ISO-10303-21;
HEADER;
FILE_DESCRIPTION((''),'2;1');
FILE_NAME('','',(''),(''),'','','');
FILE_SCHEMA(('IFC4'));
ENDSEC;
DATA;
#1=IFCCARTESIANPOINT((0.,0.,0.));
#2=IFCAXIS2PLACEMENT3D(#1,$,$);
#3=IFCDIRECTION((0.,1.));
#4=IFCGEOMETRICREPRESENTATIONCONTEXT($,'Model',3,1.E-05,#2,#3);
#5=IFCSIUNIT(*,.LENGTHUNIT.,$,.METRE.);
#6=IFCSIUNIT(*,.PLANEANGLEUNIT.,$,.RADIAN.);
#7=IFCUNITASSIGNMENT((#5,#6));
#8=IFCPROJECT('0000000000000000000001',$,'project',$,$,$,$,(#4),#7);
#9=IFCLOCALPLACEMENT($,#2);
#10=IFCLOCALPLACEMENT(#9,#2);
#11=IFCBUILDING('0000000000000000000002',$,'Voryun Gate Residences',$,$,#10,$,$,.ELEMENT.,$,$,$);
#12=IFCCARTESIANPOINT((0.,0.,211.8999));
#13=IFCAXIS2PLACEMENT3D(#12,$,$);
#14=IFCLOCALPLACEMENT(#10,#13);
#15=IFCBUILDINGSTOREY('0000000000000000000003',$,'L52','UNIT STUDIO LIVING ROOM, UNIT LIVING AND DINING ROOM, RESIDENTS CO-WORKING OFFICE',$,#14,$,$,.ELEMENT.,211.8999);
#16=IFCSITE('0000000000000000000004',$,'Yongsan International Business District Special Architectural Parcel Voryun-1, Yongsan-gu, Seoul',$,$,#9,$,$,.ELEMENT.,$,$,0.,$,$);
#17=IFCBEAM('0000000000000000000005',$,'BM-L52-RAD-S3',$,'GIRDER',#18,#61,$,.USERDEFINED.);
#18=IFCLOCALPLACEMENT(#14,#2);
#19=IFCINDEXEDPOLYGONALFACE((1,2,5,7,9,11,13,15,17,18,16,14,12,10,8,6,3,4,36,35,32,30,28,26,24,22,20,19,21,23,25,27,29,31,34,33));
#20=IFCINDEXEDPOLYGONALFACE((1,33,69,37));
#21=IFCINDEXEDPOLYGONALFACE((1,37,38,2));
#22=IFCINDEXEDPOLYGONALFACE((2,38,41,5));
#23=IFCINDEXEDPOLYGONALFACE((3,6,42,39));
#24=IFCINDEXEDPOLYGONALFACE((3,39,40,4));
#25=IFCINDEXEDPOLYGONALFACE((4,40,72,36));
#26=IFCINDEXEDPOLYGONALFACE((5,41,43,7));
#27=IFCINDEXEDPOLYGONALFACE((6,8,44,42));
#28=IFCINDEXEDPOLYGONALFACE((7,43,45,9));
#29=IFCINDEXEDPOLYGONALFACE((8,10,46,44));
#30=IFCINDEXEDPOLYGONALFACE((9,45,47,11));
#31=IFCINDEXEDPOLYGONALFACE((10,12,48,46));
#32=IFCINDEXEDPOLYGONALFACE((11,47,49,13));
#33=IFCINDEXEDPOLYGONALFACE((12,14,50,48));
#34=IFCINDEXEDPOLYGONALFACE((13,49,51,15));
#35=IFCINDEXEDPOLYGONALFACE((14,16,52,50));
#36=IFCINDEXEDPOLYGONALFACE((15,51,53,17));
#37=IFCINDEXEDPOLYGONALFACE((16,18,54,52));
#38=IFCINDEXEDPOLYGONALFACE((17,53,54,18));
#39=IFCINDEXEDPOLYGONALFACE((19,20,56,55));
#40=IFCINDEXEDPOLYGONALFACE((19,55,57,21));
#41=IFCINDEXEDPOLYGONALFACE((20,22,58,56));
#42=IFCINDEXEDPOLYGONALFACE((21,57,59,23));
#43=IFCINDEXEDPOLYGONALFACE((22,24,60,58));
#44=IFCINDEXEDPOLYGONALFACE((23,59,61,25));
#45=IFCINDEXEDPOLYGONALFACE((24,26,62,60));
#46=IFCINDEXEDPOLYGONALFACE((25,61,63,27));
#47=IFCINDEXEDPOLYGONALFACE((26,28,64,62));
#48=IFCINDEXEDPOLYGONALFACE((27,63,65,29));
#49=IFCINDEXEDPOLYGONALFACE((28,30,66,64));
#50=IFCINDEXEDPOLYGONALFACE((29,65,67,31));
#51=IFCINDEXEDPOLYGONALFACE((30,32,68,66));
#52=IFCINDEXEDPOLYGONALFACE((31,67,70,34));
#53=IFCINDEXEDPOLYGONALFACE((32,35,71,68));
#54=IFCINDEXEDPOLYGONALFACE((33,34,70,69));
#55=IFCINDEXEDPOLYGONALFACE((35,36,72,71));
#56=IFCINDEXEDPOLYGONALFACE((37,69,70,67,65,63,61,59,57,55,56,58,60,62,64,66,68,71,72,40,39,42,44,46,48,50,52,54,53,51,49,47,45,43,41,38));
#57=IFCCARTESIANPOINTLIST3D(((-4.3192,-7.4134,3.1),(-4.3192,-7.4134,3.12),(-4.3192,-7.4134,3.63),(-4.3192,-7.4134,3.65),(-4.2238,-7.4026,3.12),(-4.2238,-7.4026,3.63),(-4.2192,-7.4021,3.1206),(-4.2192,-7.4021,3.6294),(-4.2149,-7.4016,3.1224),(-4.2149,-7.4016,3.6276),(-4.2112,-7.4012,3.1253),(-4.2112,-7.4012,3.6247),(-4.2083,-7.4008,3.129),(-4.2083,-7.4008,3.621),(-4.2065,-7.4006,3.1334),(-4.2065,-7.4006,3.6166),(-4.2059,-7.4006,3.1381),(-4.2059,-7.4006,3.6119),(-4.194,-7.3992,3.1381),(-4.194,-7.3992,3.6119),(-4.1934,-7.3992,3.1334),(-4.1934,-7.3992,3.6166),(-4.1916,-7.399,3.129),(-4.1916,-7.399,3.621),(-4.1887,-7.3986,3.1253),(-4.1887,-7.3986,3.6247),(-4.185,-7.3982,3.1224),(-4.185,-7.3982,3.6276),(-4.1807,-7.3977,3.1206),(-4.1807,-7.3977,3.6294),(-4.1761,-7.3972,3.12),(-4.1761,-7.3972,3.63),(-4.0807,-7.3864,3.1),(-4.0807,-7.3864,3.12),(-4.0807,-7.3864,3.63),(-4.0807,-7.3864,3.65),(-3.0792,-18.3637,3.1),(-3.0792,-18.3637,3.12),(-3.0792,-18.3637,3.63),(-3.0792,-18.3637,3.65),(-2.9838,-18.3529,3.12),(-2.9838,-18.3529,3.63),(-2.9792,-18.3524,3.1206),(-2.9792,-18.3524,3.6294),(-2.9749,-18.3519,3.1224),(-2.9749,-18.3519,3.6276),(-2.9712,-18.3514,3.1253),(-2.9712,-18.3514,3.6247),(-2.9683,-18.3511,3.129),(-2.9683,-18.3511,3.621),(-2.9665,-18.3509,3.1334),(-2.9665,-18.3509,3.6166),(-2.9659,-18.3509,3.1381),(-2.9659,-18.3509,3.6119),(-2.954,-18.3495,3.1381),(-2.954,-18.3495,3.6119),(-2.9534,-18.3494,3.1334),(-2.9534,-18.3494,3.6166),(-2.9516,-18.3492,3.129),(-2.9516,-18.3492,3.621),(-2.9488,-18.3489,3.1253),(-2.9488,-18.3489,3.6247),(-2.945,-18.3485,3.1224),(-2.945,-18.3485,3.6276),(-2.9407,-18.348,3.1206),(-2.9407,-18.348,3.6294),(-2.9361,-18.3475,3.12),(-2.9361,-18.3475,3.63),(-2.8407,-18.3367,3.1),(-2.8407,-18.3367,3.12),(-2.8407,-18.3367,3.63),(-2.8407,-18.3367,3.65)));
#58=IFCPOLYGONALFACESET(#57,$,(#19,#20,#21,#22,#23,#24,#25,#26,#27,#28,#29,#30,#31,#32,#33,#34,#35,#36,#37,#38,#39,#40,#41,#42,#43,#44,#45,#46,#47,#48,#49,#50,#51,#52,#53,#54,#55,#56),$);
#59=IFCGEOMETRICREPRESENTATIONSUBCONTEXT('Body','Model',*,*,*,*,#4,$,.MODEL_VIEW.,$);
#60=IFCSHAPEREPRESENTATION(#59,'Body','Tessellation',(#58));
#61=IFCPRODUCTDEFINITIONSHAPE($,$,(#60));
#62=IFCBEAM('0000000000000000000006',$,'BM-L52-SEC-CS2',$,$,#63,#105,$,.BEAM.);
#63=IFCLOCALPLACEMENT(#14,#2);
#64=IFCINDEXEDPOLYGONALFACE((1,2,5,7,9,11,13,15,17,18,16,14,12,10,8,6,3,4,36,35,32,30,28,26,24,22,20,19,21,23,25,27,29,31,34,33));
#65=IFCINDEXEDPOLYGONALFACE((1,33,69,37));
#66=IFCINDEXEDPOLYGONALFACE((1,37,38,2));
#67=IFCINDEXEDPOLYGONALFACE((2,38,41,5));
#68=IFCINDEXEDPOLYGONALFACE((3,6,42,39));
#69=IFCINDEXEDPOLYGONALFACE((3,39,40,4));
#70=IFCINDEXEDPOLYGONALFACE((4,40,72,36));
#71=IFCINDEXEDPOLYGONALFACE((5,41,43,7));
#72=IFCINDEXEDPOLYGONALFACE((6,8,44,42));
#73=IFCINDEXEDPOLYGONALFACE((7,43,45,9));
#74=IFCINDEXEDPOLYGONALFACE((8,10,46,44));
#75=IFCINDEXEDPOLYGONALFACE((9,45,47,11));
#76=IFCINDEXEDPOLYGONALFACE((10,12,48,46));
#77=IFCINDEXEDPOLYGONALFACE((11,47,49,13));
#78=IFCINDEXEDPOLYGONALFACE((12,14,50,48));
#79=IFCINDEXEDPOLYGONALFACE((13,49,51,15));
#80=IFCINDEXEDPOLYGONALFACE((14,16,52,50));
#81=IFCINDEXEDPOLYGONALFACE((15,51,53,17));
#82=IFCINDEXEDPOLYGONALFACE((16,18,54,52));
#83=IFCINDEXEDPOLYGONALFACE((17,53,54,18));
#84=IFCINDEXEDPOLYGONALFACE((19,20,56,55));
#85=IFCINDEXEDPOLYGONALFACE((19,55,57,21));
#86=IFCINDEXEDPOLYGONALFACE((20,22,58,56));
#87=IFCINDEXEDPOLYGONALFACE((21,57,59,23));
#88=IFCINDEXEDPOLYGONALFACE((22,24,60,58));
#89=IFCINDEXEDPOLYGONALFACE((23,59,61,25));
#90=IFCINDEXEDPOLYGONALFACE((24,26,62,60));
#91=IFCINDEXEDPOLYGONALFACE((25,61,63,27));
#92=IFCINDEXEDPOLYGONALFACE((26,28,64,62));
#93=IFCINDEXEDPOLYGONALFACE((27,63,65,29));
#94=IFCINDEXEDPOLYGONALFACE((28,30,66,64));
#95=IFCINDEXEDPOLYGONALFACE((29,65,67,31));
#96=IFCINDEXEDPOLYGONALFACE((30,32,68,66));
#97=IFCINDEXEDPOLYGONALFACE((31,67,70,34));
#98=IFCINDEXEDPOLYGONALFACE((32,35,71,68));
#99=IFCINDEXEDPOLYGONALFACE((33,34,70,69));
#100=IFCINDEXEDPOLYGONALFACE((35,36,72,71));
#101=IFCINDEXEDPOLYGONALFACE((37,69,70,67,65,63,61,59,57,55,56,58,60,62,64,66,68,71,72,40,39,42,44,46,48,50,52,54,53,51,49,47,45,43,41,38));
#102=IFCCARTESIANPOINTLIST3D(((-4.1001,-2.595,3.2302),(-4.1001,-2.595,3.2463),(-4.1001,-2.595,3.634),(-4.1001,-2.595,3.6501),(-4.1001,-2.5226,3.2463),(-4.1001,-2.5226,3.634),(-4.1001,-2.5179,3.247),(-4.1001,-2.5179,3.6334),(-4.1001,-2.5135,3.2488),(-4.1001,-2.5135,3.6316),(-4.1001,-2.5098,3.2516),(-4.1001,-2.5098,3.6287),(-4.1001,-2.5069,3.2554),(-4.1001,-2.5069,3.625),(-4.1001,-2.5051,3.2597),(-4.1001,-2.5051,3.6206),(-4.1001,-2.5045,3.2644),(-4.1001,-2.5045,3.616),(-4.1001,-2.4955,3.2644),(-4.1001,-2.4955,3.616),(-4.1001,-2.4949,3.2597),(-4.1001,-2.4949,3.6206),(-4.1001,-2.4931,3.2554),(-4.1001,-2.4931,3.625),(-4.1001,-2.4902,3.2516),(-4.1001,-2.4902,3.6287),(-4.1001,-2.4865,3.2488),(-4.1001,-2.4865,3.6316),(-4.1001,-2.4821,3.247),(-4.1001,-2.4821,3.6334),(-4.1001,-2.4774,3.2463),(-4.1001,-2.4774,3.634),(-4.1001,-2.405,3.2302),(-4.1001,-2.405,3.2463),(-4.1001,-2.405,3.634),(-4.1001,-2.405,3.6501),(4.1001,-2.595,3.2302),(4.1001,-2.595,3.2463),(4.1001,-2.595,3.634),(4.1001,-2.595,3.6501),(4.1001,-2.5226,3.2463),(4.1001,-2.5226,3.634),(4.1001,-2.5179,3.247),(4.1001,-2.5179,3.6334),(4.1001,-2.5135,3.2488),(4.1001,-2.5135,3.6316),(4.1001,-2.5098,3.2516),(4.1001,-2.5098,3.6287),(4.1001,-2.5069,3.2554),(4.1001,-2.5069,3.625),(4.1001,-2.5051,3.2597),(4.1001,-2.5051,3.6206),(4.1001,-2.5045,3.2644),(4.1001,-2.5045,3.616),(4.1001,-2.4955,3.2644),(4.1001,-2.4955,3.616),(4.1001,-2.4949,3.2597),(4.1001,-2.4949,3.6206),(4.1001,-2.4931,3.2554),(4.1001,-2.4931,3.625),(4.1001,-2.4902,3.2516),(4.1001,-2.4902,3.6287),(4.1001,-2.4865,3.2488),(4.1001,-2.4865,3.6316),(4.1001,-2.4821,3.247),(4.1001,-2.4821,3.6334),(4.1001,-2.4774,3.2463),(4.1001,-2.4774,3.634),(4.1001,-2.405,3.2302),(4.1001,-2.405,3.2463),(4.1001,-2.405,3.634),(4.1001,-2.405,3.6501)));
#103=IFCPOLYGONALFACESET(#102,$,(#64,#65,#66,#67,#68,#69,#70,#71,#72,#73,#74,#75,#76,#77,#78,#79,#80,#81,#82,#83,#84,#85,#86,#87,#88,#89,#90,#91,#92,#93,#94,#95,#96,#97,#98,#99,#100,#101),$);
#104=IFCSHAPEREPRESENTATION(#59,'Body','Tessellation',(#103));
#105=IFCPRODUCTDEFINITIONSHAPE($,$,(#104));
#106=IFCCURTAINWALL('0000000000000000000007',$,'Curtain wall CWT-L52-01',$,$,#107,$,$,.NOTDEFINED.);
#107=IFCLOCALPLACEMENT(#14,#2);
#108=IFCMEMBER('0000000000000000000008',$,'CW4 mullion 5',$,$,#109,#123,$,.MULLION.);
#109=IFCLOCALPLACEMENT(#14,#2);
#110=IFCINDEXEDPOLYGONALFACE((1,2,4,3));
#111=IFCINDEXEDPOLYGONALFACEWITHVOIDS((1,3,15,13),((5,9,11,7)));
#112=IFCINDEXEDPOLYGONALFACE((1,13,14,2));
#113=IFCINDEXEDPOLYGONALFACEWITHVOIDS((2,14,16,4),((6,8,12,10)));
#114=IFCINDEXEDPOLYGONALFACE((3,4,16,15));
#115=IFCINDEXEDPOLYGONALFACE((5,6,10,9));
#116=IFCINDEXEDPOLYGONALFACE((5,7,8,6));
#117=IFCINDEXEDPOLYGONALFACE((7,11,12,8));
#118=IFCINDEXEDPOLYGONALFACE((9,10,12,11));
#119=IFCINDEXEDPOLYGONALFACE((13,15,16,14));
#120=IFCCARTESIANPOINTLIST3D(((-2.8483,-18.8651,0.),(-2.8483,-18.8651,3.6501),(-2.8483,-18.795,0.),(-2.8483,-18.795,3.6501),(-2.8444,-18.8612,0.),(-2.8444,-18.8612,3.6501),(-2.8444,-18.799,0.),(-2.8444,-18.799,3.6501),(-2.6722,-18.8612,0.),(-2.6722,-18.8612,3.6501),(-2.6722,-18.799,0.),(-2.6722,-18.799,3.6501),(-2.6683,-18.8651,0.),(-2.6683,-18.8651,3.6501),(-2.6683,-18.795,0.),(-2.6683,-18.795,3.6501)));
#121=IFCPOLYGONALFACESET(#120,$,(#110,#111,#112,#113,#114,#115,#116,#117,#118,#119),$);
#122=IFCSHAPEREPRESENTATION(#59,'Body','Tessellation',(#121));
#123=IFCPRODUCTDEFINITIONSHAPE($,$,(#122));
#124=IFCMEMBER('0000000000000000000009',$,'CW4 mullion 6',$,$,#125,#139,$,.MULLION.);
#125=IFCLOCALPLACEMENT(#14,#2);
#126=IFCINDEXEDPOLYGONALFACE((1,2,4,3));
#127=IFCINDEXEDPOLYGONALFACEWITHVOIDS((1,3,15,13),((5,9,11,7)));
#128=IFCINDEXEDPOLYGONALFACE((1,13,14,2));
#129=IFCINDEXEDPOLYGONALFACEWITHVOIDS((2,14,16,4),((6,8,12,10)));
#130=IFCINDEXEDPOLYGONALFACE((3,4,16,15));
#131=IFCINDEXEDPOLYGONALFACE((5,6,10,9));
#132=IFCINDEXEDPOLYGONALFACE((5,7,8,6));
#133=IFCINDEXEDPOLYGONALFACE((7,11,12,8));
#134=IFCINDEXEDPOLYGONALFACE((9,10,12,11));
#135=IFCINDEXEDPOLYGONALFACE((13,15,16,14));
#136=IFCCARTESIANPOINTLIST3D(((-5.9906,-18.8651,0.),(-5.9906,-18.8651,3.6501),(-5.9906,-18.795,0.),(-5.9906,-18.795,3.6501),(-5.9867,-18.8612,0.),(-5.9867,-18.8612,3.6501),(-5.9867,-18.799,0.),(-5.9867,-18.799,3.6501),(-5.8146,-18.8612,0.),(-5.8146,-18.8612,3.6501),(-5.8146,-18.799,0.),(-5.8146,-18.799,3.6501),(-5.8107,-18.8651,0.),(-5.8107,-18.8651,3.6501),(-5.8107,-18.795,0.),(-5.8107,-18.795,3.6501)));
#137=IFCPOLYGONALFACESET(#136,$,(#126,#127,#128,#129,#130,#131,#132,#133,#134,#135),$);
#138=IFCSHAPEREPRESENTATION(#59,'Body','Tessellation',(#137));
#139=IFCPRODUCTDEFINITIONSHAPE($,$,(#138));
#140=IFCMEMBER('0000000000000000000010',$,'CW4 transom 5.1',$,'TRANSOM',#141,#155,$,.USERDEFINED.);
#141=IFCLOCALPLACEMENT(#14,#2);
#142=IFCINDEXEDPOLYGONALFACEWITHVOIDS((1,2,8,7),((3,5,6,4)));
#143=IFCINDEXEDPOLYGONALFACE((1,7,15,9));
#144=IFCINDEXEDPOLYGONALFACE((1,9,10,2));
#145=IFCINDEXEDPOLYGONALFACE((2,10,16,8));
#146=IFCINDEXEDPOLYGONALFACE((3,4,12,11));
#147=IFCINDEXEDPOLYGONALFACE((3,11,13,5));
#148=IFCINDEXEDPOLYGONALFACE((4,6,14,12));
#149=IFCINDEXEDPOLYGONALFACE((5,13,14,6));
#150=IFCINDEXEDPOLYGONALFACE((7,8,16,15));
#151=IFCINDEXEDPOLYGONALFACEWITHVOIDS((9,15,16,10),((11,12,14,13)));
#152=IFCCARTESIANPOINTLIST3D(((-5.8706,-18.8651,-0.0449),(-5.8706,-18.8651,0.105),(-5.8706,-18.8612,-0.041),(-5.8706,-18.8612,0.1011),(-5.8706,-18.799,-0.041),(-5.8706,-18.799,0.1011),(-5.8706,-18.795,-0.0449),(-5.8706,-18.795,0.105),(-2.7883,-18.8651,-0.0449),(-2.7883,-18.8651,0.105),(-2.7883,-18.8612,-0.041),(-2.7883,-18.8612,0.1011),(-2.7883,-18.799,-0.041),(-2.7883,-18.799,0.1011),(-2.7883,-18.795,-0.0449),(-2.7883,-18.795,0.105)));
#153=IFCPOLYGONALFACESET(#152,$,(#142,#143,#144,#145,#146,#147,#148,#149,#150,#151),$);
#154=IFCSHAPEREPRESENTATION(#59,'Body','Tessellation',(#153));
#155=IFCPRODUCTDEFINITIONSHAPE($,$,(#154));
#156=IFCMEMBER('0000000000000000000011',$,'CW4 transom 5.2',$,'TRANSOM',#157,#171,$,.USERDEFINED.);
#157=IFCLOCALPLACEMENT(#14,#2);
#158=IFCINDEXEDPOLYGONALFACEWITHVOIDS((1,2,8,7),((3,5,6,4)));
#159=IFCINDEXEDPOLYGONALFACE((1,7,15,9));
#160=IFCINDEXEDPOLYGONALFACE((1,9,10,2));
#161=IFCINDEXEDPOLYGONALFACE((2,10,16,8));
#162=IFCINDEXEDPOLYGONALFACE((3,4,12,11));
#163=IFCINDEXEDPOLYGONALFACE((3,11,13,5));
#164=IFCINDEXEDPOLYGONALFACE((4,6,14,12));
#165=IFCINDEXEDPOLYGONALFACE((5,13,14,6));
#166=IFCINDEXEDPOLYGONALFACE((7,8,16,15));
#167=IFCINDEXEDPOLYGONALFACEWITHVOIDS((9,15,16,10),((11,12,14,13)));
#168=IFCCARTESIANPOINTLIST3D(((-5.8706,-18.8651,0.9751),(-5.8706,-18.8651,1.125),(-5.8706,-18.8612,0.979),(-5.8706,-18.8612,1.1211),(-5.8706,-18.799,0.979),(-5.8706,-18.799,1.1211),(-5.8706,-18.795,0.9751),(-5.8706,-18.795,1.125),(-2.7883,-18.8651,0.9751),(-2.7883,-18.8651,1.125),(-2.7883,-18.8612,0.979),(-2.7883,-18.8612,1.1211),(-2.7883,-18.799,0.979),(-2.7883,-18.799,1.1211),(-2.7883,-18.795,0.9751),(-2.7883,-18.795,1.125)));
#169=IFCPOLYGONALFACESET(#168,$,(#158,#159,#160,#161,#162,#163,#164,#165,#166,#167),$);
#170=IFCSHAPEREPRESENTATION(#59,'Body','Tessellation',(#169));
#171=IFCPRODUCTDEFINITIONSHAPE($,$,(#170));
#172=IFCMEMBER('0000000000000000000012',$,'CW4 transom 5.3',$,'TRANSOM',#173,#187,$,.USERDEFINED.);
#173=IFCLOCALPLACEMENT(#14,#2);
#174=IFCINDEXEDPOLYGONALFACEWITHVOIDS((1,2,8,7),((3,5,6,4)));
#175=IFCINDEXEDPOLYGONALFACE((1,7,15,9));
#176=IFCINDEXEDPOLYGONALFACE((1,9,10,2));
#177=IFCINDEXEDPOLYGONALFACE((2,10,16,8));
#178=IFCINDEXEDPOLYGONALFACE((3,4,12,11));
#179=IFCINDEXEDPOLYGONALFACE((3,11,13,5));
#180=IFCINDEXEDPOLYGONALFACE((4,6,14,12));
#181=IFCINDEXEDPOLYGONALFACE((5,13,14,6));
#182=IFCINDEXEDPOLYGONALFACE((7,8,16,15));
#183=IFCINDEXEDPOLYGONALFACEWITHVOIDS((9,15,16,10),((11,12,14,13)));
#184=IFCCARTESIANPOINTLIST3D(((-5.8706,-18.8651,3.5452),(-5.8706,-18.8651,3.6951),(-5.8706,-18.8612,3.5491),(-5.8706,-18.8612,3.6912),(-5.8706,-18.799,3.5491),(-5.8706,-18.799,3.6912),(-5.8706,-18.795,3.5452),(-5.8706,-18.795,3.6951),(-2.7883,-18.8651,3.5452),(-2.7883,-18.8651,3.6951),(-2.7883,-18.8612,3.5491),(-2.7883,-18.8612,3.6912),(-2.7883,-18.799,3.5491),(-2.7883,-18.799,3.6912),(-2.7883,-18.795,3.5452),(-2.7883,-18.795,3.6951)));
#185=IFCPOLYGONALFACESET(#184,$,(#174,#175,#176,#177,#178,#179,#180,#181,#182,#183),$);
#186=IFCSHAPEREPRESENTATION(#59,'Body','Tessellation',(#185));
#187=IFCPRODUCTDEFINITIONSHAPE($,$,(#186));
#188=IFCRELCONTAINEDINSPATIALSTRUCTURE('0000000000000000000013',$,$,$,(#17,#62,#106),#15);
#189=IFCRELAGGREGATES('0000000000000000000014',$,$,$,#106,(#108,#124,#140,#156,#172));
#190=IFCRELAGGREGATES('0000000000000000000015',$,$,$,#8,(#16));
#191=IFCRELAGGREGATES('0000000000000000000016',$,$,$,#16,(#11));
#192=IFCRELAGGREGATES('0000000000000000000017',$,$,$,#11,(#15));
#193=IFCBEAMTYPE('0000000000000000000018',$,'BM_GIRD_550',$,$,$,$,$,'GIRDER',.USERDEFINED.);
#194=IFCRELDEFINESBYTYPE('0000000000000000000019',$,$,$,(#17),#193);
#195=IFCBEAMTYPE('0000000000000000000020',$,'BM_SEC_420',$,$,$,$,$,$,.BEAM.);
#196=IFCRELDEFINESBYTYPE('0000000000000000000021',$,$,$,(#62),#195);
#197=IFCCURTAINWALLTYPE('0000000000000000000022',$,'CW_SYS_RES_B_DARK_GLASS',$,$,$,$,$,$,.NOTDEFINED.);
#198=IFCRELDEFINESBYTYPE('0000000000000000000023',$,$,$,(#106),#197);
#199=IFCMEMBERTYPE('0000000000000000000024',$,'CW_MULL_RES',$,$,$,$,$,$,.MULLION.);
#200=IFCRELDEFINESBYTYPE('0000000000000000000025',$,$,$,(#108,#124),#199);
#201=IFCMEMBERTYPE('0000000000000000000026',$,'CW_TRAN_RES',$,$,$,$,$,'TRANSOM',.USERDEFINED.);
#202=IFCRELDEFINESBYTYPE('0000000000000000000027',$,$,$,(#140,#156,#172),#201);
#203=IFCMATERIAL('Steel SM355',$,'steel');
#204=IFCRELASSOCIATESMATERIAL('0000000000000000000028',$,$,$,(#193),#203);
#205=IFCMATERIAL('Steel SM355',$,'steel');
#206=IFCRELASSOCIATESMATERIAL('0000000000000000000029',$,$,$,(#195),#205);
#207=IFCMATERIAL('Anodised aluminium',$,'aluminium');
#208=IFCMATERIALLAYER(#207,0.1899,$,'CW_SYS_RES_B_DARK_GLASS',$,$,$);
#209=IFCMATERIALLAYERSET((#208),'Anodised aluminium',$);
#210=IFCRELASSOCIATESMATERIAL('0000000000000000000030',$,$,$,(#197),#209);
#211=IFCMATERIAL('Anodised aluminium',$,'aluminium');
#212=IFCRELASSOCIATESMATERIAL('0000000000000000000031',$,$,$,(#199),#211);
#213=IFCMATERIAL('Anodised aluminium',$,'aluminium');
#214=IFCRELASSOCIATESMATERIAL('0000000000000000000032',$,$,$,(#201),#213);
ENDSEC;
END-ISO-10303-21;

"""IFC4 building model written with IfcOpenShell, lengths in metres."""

from ifc_helpers import new_model, si_unit, direction, frame, origin, origin_2d, place, context, subcontext, project, spatial, hollow_rectangle, i_section, extrude, material, layer, layer_set, material_profile, profile_set, type_object, element, aggregate, save


model = new_model("IFC4")

# Units and contexts
model_context = context("Model", 3, precision=1e-05, world=origin(), true_north=direction((0.0, 1.0)))
body_context = subcontext(model_context, "Body", "Model", "MODEL_VIEW")
ifc_project = project(units=[si_unit("LENGTHUNIT", "METRE"), si_unit("PLANEANGLEUNIT", "RADIAN")], contexts=[model_context])

# Site, building, storey
site_placement = place(None, origin())
site = spatial("IfcSite", under=ifc_project, at=site_placement, Name="Yongsan International Business District Special Architectural Parcel Voryun-1, Yongsan-gu, Seoul", CompositionType="ELEMENT", RefElevation=0.0)
building_placement = place(site_placement, origin())
building = spatial("IfcBuilding", under=site, at=building_placement, Name="Voryun Gate Residences", CompositionType="ELEMENT")
storey_placement = place(building_placement, frame((0.0, 0.0, 211.8999)))
storey = spatial("IfcBuildingStorey", under=building, at=storey_placement, Name="L52", Description="UNIT STUDIO LIVING ROOM, UNIT LIVING AND DINING ROOM, RESIDENTS CO-WORKING OFFICE", CompositionType="ELEMENT", Elevation=211.8999)

# Beams
ifc_material_1 = material(Name="Steel SM355", Category="steel")
ifc_material_profile_1 = material_profile(ifc_material_1, i_section(OverallWidth=0.24, OverallDepth=0.55, WebThickness=0.012, FlangeThickness=0.02, FilletRadius=0.0181, at=origin_2d()), Name="H-550x240x12x20")
ifc_profile_set_1 = profile_set([ifc_material_profile_1], Name="Steel SM355")
beam_type_1 = type_object("IfcBeamType", Name="BM_GIRD_550", ElementType="GIRDER", PredefinedType="USERDEFINED", material=ifc_profile_set_1)
beam_1_placement = place(storey_placement, frame((-4.2, -7.3999, 3.375), z_axis=(0.11252, -0.993649, 0.0), x_axis=(0.993649, 0.11252, 0.0)))
element("IfcBeam", 1, at=beam_1_placement, inside=storey, type_object=beam_type_1, Name="BM-L52-RAD-S3", ObjectType="GIRDER", PredefinedType="USERDEFINED", context=body_context, shape_type="SweptSolid", body=[
    extrude(i_section(OverallWidth=0.24, OverallDepth=0.55, WebThickness=0.012, FlangeThickness=0.02, FilletRadius=0.0181, at=origin_2d()), origin(), (0.0, 0.0, 1.0), 11.0203),
])
ifc_material_2 = material(Name="Steel SM355", Category="steel")
ifc_material_profile_2 = material_profile(ifc_material_2, i_section(OverallWidth=0.1899, OverallDepth=0.4199, WebThickness=0.009, FlangeThickness=0.0161, FilletRadius=0.0181, at=origin_2d()), Name="H-420x190x9x16")
ifc_profile_set_2 = profile_set([ifc_material_profile_2], Name="Steel SM355")
beam_type_2 = type_object("IfcBeamType", Name="BM_SEC_420", PredefinedType="BEAM", material=ifc_profile_set_2)
beam_2_placement = place(storey_placement, frame((-4.1001, -2.5, 3.4402), z_axis=(1.0, 0.0, 0.0), x_axis=(0.0, 1.0, 0.0)))
element("IfcBeam", 2, at=beam_2_placement, inside=storey, type_object=beam_type_2, Name="BM-L52-SEC-CS2", PredefinedType="BEAM", context=body_context, shape_type="SweptSolid", body=[
    extrude(i_section(OverallWidth=0.1899, OverallDepth=0.4199, WebThickness=0.009, FlangeThickness=0.0161, FilletRadius=0.0181, at=origin_2d()), origin(), (0.0, 0.0, 1.0), 8.2002),
])

# Curtain wall, members
ifc_material_3 = material(Name="Anodised aluminium", Category="aluminium")
ifc_layer_1 = layer(ifc_material_3, 0.1899, Name="CW_SYS_RES_B_DARK_GLASS")
ifc_layer_set_1 = layer_set([ifc_layer_1], Name="Anodised aluminium")
curtain_wall_type = type_object("IfcCurtainWallType", Name="CW_SYS_RES_B_DARK_GLASS", PredefinedType="NOTDEFINED", material=ifc_layer_set_1)
curtain_wall_placement = place(storey_placement, origin())
curtain_wall = element("IfcCurtainWall", 3, at=curtain_wall_placement, inside=storey, type_object=curtain_wall_type, Name="Curtain wall CWT-L52-01", PredefinedType="NOTDEFINED")
ifc_material_4 = material(Name="Anodised aluminium", Category="aluminium")
ifc_material_profile_3 = material_profile(ifc_material_4, hollow_rectangle(XDim=0.0701, YDim=0.1799, WallThickness=0.0039, at=origin_2d()), Name="ALU-MULL-180x70x4")
ifc_profile_set_3 = profile_set([ifc_material_profile_3], Name="Anodised aluminium")
member_type_1 = type_object("IfcMemberType", Name="CW_MULL_RES", PredefinedType="MULLION", material=ifc_profile_set_3)
member_1_placement = place(storey_placement, frame((-2.7583, -18.8301, 0.0), z_axis=(0.0, 0.0, 1.0), x_axis=(0.0, -1.0, 0.0)))
member_1 = element("IfcMember", 4, at=member_1_placement, type_object=member_type_1, Name="CW4 mullion 5", PredefinedType="MULLION", context=body_context, shape_type="SweptSolid", body=[
    extrude(hollow_rectangle(XDim=0.0701, YDim=0.1799, WallThickness=0.0039, at=origin_2d()), origin(), (0.0, 0.0, 1.0), 3.6501),
])
member_2_placement = place(storey_placement, frame((-5.9006, -18.8301, 0.0), z_axis=(0.0, 0.0, 1.0), x_axis=(0.0, -1.0, 0.0)))
member_2 = element("IfcMember", 5, at=member_2_placement, type_object=member_type_1, Name="CW4 mullion 6", PredefinedType="MULLION", context=body_context, shape_type="SweptSolid", body=[
    extrude(hollow_rectangle(XDim=0.0701, YDim=0.1799, WallThickness=0.0039, at=origin_2d()), origin(), (0.0, 0.0, 1.0), 3.6501),
])
ifc_material_5 = material(Name="Anodised aluminium", Category="aluminium")
ifc_material_profile_4 = material_profile(ifc_material_5, hollow_rectangle(XDim=0.0701, YDim=0.1499, WallThickness=0.0039, at=origin_2d()), Name="ALU-TRAN-150x70x4")
ifc_profile_set_4 = profile_set([ifc_material_profile_4], Name="Anodised aluminium")
member_type_2 = type_object("IfcMemberType", Name="CW_TRAN_RES", ElementType="TRANSOM", PredefinedType="USERDEFINED", material=ifc_profile_set_4)
member_3_placement = place(storey_placement, frame((-2.7883, -18.8301, 0.03), z_axis=(-1.0, 0.0, 0.0), x_axis=(0.0, -1.0, 0.0)))
member_3 = element("IfcMember", 6, at=member_3_placement, type_object=member_type_2, Name="CW4 transom 5.1", ObjectType="TRANSOM", PredefinedType="USERDEFINED", context=body_context, shape_type="SweptSolid", body=[
    extrude(hollow_rectangle(XDim=0.0701, YDim=0.1499, WallThickness=0.0039, at=origin_2d()), origin(), (0.0, 0.0, 1.0), 3.0823),
])
member_4_placement = place(storey_placement, frame((-2.7883, -18.8301, 1.05), z_axis=(-1.0, 0.0, 0.0), x_axis=(0.0, -1.0, 0.0)))
member_4 = element("IfcMember", 7, at=member_4_placement, type_object=member_type_2, Name="CW4 transom 5.2", ObjectType="TRANSOM", PredefinedType="USERDEFINED", context=body_context, shape_type="SweptSolid", body=[
    extrude(hollow_rectangle(XDim=0.0701, YDim=0.1499, WallThickness=0.0039, at=origin_2d()), origin(), (0.0, 0.0, 1.0), 3.0823),
])
member_5_placement = place(storey_placement, frame((-2.7883, -18.8301, 3.6201), z_axis=(-1.0, 0.0, 0.0), x_axis=(0.0, -1.0, 0.0)))
member_5 = element("IfcMember", 8, at=member_5_placement, type_object=member_type_2, Name="CW4 transom 5.3", ObjectType="TRANSOM", PredefinedType="USERDEFINED", context=body_context, shape_type="SweptSolid", body=[
    extrude(hollow_rectangle(XDim=0.0701, YDim=0.1499, WallThickness=0.0039, at=origin_2d()), origin(), (0.0, 0.0, 1.0), 3.0823),
])
aggregate(curtain_wall, [member_1, member_2, member_3, member_4, member_5])

save(model, "model.ifc")
